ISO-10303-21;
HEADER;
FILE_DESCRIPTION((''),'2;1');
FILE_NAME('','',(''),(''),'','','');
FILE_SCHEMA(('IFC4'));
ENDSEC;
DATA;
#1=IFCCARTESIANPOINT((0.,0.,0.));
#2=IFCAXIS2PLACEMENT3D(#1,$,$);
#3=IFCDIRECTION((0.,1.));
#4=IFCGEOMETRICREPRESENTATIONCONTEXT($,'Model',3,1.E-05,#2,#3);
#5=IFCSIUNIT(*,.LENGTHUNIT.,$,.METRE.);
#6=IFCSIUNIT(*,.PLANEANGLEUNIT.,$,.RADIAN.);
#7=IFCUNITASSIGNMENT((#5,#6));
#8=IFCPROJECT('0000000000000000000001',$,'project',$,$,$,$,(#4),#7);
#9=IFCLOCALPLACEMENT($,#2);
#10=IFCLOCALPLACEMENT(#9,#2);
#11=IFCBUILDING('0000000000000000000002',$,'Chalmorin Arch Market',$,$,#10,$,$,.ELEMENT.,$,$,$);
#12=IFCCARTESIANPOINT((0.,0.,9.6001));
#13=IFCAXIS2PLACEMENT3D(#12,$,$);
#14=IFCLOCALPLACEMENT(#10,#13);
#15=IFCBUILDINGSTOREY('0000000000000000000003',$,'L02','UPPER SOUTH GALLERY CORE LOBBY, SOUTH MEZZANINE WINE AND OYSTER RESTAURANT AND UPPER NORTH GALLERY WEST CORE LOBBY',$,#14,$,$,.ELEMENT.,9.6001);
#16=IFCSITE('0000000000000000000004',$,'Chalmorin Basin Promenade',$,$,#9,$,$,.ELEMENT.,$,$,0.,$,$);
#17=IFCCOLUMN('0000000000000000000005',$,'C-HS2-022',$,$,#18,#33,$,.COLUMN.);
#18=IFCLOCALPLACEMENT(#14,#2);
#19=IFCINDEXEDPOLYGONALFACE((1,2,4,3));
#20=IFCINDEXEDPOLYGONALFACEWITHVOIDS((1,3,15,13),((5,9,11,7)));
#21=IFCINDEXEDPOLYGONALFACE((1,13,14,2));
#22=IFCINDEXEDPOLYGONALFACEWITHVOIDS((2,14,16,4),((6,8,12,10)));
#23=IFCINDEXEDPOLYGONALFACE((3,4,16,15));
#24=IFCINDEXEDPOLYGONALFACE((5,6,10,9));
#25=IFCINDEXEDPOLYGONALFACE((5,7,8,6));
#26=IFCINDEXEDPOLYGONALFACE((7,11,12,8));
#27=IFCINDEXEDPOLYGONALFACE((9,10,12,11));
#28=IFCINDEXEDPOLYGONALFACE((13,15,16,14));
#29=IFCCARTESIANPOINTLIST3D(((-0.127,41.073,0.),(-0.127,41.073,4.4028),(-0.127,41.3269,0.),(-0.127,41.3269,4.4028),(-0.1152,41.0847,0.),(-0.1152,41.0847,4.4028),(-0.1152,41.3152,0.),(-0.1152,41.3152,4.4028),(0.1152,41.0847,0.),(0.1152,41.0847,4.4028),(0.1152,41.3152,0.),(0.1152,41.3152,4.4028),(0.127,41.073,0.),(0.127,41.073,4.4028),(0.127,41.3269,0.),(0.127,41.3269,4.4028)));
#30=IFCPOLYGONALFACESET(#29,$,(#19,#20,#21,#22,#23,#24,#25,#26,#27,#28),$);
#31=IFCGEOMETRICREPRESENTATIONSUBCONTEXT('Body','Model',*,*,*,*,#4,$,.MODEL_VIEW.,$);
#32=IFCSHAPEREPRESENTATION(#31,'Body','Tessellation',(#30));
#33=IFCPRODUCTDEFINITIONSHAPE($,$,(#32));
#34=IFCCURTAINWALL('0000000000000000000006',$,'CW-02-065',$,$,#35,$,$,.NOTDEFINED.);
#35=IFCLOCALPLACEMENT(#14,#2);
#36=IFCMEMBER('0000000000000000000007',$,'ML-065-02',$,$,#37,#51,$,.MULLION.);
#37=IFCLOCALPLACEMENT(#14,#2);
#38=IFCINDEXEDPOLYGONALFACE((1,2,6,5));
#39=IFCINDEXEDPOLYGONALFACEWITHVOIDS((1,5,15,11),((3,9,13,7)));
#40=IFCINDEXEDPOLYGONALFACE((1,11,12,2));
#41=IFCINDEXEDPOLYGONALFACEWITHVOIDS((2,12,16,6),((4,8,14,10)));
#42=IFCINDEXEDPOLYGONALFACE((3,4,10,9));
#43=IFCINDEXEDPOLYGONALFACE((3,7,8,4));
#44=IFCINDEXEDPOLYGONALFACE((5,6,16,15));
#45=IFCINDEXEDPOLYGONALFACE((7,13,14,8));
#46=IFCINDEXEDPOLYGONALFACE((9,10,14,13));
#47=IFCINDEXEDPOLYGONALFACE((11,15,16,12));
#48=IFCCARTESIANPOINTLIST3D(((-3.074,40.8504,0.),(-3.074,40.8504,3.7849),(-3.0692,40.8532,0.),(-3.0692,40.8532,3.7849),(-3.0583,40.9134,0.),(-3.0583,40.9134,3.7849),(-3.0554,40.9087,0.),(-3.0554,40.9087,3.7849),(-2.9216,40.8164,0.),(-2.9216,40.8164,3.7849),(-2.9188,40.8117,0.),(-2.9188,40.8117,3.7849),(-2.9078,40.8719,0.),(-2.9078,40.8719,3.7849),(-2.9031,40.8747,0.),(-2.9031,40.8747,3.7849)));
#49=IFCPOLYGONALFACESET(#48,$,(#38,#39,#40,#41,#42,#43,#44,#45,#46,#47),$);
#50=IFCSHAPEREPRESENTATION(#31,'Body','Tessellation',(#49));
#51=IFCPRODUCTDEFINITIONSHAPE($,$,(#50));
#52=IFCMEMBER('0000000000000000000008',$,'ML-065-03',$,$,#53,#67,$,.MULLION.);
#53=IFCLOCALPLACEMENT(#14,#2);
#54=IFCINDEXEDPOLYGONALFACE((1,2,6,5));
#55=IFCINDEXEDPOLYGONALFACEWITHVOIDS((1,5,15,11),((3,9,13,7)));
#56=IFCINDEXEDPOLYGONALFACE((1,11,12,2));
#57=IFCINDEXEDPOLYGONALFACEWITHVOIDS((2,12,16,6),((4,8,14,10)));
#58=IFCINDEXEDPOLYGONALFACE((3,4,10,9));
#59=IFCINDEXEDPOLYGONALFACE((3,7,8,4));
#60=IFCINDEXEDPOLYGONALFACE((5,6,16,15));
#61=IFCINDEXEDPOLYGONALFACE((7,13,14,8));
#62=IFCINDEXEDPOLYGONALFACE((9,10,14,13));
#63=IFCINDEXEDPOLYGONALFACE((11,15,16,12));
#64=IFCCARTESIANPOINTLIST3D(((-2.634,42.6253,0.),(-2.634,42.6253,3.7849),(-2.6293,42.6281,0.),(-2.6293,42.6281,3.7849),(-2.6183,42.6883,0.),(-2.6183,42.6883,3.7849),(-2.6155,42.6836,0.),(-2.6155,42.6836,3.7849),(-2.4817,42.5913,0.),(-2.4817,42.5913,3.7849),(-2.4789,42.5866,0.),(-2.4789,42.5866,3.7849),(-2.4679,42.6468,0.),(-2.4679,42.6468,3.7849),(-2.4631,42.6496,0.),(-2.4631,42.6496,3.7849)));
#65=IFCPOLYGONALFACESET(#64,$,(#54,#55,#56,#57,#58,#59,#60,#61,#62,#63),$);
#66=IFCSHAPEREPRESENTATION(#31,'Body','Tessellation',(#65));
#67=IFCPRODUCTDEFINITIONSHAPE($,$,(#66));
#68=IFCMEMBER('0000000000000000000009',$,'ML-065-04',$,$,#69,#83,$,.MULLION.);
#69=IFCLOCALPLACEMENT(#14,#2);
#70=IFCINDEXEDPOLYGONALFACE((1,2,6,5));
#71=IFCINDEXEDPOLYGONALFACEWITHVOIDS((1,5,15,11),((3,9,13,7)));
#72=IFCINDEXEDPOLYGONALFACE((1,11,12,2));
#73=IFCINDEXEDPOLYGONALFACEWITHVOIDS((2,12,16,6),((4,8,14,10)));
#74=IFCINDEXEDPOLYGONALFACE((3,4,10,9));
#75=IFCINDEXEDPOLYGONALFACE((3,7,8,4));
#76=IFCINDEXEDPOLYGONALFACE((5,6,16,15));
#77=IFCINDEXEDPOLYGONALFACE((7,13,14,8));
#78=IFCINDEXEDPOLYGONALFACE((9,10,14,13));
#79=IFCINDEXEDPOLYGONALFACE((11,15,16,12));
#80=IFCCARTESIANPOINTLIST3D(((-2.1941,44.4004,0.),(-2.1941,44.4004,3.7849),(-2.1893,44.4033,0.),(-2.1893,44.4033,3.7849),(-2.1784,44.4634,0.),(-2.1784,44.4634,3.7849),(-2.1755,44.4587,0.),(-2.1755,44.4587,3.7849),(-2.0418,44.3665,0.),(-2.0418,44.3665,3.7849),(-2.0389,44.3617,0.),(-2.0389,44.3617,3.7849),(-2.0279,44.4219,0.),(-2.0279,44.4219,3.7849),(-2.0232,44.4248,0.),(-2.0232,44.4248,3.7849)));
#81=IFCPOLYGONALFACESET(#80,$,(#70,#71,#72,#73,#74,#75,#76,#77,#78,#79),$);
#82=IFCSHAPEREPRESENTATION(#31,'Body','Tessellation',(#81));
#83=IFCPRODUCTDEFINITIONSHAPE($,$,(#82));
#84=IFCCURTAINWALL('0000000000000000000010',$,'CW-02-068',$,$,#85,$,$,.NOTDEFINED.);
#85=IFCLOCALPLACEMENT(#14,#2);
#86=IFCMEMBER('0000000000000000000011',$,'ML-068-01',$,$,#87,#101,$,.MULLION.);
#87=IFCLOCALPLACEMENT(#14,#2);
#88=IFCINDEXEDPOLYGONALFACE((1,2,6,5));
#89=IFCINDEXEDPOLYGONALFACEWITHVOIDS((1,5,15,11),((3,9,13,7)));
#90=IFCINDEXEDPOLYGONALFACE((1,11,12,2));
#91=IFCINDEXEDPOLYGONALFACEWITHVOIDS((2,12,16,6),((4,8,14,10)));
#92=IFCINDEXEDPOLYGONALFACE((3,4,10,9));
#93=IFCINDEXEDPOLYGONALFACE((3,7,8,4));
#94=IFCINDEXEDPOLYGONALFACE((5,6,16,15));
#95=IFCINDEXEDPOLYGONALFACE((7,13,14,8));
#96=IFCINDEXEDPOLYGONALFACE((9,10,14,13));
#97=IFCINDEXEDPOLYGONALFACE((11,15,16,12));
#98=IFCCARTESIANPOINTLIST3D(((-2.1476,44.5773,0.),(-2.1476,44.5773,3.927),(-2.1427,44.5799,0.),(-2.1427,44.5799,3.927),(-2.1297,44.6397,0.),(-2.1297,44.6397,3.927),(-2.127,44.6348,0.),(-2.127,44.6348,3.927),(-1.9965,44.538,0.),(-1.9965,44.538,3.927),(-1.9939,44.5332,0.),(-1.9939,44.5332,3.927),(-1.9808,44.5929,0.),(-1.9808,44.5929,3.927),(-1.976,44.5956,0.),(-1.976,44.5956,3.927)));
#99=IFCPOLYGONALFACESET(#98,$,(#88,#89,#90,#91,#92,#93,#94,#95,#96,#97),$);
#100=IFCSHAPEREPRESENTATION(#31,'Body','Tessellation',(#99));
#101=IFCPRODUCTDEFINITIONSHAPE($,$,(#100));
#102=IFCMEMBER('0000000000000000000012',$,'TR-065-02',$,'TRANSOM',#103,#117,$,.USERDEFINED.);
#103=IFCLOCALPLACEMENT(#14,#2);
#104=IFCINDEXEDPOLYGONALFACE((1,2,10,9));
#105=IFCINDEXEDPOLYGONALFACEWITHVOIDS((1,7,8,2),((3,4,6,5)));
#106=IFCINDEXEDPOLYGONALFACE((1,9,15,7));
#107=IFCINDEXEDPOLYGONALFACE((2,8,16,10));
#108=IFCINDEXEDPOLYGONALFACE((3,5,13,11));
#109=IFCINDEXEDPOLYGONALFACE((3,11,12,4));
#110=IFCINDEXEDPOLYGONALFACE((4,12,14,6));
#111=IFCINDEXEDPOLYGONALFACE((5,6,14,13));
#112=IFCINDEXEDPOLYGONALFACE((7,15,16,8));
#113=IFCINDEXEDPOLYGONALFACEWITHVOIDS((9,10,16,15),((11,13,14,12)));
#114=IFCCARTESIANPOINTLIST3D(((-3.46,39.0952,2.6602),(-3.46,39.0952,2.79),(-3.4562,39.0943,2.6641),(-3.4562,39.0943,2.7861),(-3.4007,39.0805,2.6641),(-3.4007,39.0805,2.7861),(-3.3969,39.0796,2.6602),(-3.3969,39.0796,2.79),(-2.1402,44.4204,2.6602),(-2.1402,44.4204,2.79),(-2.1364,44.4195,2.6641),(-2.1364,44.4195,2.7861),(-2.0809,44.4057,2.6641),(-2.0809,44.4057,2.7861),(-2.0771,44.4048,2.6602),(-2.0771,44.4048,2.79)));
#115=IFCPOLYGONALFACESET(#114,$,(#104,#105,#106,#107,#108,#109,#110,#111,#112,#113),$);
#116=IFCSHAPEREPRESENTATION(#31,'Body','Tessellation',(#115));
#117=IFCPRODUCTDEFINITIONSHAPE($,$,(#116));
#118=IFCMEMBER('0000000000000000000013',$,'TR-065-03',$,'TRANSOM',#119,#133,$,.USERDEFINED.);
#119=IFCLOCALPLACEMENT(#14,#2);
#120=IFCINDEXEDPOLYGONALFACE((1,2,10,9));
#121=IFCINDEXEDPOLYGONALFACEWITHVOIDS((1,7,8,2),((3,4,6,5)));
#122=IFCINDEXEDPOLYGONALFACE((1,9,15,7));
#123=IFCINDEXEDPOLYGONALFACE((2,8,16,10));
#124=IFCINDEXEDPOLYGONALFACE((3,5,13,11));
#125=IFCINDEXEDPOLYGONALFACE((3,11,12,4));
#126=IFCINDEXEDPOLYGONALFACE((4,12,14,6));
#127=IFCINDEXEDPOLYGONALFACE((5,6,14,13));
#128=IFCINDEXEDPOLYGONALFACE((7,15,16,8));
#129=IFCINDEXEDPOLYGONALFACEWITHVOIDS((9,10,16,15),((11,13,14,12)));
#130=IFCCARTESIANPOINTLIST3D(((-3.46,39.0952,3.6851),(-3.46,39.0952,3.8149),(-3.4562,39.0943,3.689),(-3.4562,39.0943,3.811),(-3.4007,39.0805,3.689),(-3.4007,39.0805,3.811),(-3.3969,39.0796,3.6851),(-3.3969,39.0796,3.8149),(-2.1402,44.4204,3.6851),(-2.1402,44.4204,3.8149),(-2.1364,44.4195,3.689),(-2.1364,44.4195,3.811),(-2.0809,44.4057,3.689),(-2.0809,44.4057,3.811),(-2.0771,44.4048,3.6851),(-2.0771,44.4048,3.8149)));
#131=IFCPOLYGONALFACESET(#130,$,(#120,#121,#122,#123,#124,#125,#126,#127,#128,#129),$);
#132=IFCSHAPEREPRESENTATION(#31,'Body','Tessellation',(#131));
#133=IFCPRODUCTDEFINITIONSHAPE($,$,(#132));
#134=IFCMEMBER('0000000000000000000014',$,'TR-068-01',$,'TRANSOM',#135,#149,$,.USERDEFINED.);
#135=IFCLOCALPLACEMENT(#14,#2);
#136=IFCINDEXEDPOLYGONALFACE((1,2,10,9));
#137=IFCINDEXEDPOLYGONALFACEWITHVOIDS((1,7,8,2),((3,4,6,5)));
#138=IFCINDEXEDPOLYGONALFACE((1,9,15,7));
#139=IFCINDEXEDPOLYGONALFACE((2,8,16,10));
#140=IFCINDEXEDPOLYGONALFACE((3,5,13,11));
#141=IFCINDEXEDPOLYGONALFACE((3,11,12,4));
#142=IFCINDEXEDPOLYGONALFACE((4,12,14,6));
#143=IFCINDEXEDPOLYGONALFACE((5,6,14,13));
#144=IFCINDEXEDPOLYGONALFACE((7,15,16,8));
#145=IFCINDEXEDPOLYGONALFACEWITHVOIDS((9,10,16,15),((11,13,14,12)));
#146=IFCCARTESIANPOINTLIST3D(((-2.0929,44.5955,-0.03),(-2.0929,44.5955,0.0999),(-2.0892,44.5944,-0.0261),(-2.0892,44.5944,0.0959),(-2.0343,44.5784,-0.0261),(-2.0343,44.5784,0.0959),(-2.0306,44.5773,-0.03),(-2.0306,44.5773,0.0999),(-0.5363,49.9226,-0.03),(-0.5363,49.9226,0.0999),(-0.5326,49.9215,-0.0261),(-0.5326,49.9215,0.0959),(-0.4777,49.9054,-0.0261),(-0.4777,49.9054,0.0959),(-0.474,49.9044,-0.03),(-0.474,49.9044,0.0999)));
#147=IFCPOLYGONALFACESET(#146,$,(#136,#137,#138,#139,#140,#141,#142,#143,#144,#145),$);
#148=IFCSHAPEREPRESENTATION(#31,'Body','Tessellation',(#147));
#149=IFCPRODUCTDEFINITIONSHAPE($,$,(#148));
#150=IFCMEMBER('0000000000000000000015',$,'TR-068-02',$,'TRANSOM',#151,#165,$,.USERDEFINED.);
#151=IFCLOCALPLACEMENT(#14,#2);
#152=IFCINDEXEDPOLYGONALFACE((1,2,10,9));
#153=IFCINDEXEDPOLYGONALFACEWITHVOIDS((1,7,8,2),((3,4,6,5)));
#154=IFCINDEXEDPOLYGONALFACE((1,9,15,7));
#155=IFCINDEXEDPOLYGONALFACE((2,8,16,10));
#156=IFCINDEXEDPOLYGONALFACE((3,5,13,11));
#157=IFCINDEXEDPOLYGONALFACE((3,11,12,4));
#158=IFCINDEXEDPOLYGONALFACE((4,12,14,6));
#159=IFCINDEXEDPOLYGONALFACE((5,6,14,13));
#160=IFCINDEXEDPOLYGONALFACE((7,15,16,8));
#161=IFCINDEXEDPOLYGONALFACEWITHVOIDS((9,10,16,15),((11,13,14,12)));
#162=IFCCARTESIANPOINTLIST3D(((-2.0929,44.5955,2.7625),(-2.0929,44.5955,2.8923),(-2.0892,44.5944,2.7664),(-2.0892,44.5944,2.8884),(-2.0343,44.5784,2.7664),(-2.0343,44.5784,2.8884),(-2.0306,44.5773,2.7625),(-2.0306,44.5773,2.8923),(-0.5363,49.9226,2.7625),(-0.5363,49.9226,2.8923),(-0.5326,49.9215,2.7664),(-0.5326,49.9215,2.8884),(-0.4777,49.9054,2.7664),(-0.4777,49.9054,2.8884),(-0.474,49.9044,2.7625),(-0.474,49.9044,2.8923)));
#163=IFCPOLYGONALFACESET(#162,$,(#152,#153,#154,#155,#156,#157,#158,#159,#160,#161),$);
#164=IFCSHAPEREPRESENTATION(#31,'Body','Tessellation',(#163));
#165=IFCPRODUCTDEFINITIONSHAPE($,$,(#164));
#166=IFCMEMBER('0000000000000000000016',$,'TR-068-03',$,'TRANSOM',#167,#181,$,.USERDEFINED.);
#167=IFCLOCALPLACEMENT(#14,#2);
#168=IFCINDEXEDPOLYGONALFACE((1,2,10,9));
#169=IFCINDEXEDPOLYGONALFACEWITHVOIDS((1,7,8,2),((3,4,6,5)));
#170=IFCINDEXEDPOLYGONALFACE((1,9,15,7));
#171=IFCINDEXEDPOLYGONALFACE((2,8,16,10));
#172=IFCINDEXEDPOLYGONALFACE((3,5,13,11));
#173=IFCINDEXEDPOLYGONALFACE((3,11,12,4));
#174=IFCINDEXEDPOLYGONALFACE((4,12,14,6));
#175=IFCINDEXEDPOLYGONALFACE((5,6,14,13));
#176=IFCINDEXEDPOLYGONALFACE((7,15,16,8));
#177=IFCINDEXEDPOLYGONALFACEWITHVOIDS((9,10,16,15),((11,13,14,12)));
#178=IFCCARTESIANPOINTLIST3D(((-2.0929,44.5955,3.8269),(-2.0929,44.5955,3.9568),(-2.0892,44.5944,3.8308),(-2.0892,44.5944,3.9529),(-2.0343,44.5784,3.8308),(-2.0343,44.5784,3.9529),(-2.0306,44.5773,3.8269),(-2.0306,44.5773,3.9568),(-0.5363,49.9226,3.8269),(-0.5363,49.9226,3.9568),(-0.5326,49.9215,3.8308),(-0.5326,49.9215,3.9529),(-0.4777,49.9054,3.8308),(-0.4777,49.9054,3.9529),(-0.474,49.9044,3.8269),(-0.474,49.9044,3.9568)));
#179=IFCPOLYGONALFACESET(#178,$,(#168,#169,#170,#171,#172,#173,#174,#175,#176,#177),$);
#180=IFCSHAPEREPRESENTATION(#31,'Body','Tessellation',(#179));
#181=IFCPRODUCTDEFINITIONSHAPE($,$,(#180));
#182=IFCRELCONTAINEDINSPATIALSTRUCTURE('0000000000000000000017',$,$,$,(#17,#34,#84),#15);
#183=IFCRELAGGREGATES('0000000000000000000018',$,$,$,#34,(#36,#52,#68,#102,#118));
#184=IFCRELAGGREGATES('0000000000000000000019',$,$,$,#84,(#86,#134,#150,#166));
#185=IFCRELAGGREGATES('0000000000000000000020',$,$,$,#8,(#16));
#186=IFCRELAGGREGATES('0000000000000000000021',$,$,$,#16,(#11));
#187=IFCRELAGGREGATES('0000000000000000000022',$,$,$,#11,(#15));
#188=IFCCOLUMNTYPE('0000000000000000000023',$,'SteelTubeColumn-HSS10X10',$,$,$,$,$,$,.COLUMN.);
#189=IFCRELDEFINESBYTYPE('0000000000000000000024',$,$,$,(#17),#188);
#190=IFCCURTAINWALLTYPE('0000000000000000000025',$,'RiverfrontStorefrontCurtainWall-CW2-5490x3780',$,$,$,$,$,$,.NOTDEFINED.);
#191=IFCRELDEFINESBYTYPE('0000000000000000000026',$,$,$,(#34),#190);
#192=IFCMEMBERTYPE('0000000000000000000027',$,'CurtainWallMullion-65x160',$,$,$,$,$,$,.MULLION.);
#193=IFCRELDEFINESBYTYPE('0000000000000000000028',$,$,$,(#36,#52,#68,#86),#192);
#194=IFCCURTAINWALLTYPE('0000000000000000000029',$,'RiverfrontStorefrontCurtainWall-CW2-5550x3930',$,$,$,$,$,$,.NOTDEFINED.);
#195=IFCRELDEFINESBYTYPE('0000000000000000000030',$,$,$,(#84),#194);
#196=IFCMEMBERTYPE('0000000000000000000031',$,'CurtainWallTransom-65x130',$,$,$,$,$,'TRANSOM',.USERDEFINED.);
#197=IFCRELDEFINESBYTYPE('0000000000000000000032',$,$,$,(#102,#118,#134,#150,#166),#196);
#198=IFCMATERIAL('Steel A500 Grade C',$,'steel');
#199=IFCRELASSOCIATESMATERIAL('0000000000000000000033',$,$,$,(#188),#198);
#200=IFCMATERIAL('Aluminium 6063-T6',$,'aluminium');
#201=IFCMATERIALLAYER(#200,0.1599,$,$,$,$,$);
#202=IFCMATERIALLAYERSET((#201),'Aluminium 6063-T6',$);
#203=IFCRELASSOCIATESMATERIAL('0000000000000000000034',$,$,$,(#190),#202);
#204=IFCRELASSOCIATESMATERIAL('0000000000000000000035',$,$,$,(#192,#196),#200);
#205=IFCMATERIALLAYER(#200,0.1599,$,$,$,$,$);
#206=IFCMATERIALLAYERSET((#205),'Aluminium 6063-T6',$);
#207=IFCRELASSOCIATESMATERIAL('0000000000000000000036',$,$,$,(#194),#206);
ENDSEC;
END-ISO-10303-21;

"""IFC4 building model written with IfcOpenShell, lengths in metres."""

from ifc_helpers import new_model, si_unit, direction, frame, origin, origin_2d, place, context, subcontext, project, spatial, hollow_rectangle, extrude, material, layer, layer_set, material_profile, profile_set, type_object, element, aggregate, save


model = new_model("IFC4")

# Units and contexts
model_context = context("Model", 3, precision=1e-05, world=origin(), true_north=direction((0.0, 1.0)))
body_context = subcontext(model_context, "Body", "Model", "MODEL_VIEW")
ifc_project = project(units=[si_unit("LENGTHUNIT", "METRE"), si_unit("PLANEANGLEUNIT", "RADIAN")], contexts=[model_context])

# Site, building, storey
site_placement = place(None, origin())
site = spatial("IfcSite", under=ifc_project, at=site_placement, Name="Chalmorin Basin Promenade", CompositionType="ELEMENT", RefElevation=0.0)
building_placement = place(site_placement, origin())
building = spatial("IfcBuilding", under=site, at=building_placement, Name="Chalmorin Arch Market", CompositionType="ELEMENT")
storey_placement = place(building_placement, frame((0.0, 0.0, 9.6001)))
storey = spatial("IfcBuildingStorey", under=building, at=storey_placement, Name="L02", Description="UPPER SOUTH GALLERY CORE LOBBY, SOUTH MEZZANINE WINE AND OYSTER RESTAURANT AND UPPER NORTH GALLERY WEST CORE LOBBY", CompositionType="ELEMENT", Elevation=9.6001)

# Column
ifc_material_1 = material(Name="Steel A500 Grade C", Category="steel")
ifc_material_profile_1 = material_profile(ifc_material_1, hollow_rectangle(XDim=0.2539, YDim=0.2539, WallThickness=0.0117, at=origin_2d()), Name="HSS10X10X1/2")
ifc_profile_set_1 = profile_set([ifc_material_profile_1], Name="Steel A500 Grade C")
column_type = type_object("IfcColumnType", Name="SteelTubeColumn-HSS10X10", PredefinedType="COLUMN", material=ifc_profile_set_1)
column_placement = place(storey_placement, frame((0.0, 41.2, 0.0), z_axis=(0.0, 0.0, 1.0), x_axis=(1.0, 0.0, 0.0)))
element("IfcColumn", 1, at=column_placement, inside=storey, type_object=column_type, Name="C-HS2-022", PredefinedType="COLUMN", context=body_context, shape_type="SweptSolid", body=[
    extrude(hollow_rectangle(XDim=0.2539, YDim=0.2539, WallThickness=0.0117, at=origin_2d()), origin(), (0.0, 0.0, 1.0), 4.4028),
])

# Curtain wall, members
ifc_material_2 = material(Name="Aluminium 6063-T6", Category="aluminium")
ifc_layer_1 = layer(ifc_material_2, 0.1599)
ifc_layer_set_1 = layer_set([ifc_layer_1], Name="Aluminium 6063-T6")
curtain_wall_type_1 = type_object("IfcCurtainWallType", Name="RiverfrontStorefrontCurtainWall-CW2-5490x3780", PredefinedType="NOTDEFINED", material=ifc_layer_set_1)
curtain_wall_1_placement = place(storey_placement, origin())
curtain_wall_1 = element("IfcCurtainWall", 2, at=curtain_wall_1_placement, inside=storey, type_object=curtain_wall_type_1, Name="CW-02-065", PredefinedType="NOTDEFINED")
ifc_material_profile_2 = material_profile(ifc_material_2, hollow_rectangle(XDim=0.0649, YDim=0.1599, WallThickness=0.0039, at=origin_2d()), Name="ALU65X160X4")
ifc_profile_set_2 = profile_set([ifc_material_profile_2], Name="Aluminium 6063-T6")
member_type_1 = type_object("IfcMemberType", Name="CurtainWallMullion-65x160", PredefinedType="MULLION", material=ifc_profile_set_2)
member_1_placement = place(storey_placement, frame((-2.9885, 40.8625, 0.0), z_axis=(0.0, 0.0, 1.0), x_axis=(0.241922, 0.970296, 0.0)))
member_1 = element("IfcMember", 3, at=member_1_placement, type_object=member_type_1, Name="ML-065-02", PredefinedType="MULLION", context=body_context, shape_type="SweptSolid", body=[
    extrude(hollow_rectangle(XDim=0.0649, YDim=0.1599, WallThickness=0.0039, at=origin_2d()), origin(), (0.0, 0.0, 1.0), 3.7849),
])
member_2_placement = place(storey_placement, frame((-2.5486, 42.6375, 0.0), z_axis=(0.0, 0.0, 1.0), x_axis=(0.241922, 0.970296, 0.0)))
member_2 = element("IfcMember", 4, at=member_2_placement, type_object=member_type_1, Name="ML-065-03", PredefinedType="MULLION", context=body_context, shape_type="SweptSolid", body=[
    extrude(hollow_rectangle(XDim=0.0649, YDim=0.1599, WallThickness=0.0039, at=origin_2d()), origin(), (0.0, 0.0, 1.0), 3.7849),
])
member_3_placement = place(storey_placement, frame((-2.1086, 44.4126, 0.0), z_axis=(0.0, 0.0, 1.0), x_axis=(0.241922, 0.970296, 0.0)))
member_3 = element("IfcMember", 5, at=member_3_placement, type_object=member_type_1, Name="ML-065-04", PredefinedType="MULLION", context=body_context, shape_type="SweptSolid", body=[
    extrude(hollow_rectangle(XDim=0.0649, YDim=0.1599, WallThickness=0.0039, at=origin_2d()), origin(), (0.0, 0.0, 1.0), 3.7849),
])

# Curtain wall, member
ifc_layer_2 = layer(ifc_material_2, 0.1599)
ifc_layer_set_2 = layer_set([ifc_layer_2], Name="Aluminium 6063-T6")
curtain_wall_type_2 = type_object("IfcCurtainWallType", Name="RiverfrontStorefrontCurtainWall-CW2-5550x3930", PredefinedType="NOTDEFINED", material=ifc_layer_set_2)
curtain_wall_2_placement = place(storey_placement, origin())
curtain_wall_2 = element("IfcCurtainWall", 6, at=curtain_wall_2_placement, inside=storey, type_object=curtain_wall_type_2, Name="CW-02-068", PredefinedType="NOTDEFINED")
member_4_placement = place(storey_placement, frame((-2.0618, 44.5864, 0.0), z_axis=(0.0, 0.0, 1.0), x_axis=(0.275637, 0.961262, 0.0)))
member_4 = element("IfcMember", 7, at=member_4_placement, type_object=member_type_1, Name="ML-068-01", PredefinedType="MULLION", context=body_context, shape_type="SweptSolid", body=[
    extrude(hollow_rectangle(XDim=0.0649, YDim=0.1599, WallThickness=0.0039, at=origin_2d()), origin(), (0.0, 0.0, 1.0), 3.927),
])

# Members
ifc_material_profile_3 = material_profile(ifc_material_2, hollow_rectangle(XDim=0.0649, YDim=0.1299, WallThickness=0.0039, at=origin_2d()), Name="ALU65X130X4")
ifc_profile_set_3 = profile_set([ifc_material_profile_3], Name="Aluminium 6063-T6")
member_type_2 = type_object("IfcMemberType", Name="CurtainWallTransom-65x130", ElementType="TRANSOM", PredefinedType="USERDEFINED", material=ifc_profile_set_3)
member_5_placement = place(storey_placement, frame((-3.4285, 39.0874, 2.7251), z_axis=(0.240567, 0.970633, 0.0), x_axis=(-0.970633, 0.240567, 0.0)))
member_5 = element("IfcMember", 8, at=member_5_placement, type_object=member_type_2, Name="TR-065-02", ObjectType="TRANSOM", PredefinedType="USERDEFINED", context=body_context, shape_type="SweptSolid", body=[
    extrude(hollow_rectangle(XDim=0.0649, YDim=0.1299, WallThickness=0.0039, at=origin_2d()), origin(), (0.0, 0.0, 1.0), 5.4863),
])
member_6_placement = place(storey_placement, frame((-3.4285, 39.0874, 3.75), z_axis=(0.240567, 0.970633, 0.0), x_axis=(-0.970633, 0.240567, 0.0)))
member_6 = element("IfcMember", 9, at=member_6_placement, type_object=member_type_2, Name="TR-065-03", ObjectType="TRANSOM", PredefinedType="USERDEFINED", context=body_context, shape_type="SweptSolid", body=[
    extrude(hollow_rectangle(XDim=0.0649, YDim=0.1299, WallThickness=0.0039, at=origin_2d()), origin(), (0.0, 0.0, 1.0), 5.4863),
])
member_7_placement = place(storey_placement, frame((-2.0618, 44.5864, 0.0349), z_axis=(0.28048, 0.95986, 0.0), x_axis=(-0.95986, 0.28048, 0.0)))
member_7 = element("IfcMember", 10, at=member_7_placement, type_object=member_type_2, Name="TR-068-01", ObjectType="TRANSOM", PredefinedType="USERDEFINED", context=body_context, shape_type="SweptSolid", body=[
    extrude(hollow_rectangle(XDim=0.0649, YDim=0.1299, WallThickness=0.0039, at=origin_2d()), origin(), (0.0, 0.0, 1.0), 5.5498),
])
member_8_placement = place(storey_placement, frame((-2.0618, 44.5864, 2.8274), z_axis=(0.28048, 0.95986, 0.0), x_axis=(-0.95986, 0.28048, 0.0)))
member_8 = element("IfcMember", 11, at=member_8_placement, type_object=member_type_2, Name="TR-068-02", ObjectType="TRANSOM", PredefinedType="USERDEFINED", context=body_context, shape_type="SweptSolid", body=[
    extrude(hollow_rectangle(XDim=0.0649, YDim=0.1299, WallThickness=0.0039, at=origin_2d()), origin(), (0.0, 0.0, 1.0), 5.5498),
])
member_9_placement = place(storey_placement, frame((-2.0618, 44.5864, 3.8918), z_axis=(0.28048, 0.95986, 0.0), x_axis=(-0.95986, 0.28048, 0.0)))
member_9 = element("IfcMember", 12, at=member_9_placement, type_object=member_type_2, Name="TR-068-03", ObjectType="TRANSOM", PredefinedType="USERDEFINED", context=body_context, shape_type="SweptSolid", body=[
    extrude(hollow_rectangle(XDim=0.0649, YDim=0.1299, WallThickness=0.0039, at=origin_2d()), origin(), (0.0, 0.0, 1.0), 5.5498),
])

aggregate(curtain_wall_1, [member_1, member_2, member_3, member_5, member_6])
aggregate(curtain_wall_2, [member_4, member_7, member_8, member_9])

save(model, "model.ifc")
